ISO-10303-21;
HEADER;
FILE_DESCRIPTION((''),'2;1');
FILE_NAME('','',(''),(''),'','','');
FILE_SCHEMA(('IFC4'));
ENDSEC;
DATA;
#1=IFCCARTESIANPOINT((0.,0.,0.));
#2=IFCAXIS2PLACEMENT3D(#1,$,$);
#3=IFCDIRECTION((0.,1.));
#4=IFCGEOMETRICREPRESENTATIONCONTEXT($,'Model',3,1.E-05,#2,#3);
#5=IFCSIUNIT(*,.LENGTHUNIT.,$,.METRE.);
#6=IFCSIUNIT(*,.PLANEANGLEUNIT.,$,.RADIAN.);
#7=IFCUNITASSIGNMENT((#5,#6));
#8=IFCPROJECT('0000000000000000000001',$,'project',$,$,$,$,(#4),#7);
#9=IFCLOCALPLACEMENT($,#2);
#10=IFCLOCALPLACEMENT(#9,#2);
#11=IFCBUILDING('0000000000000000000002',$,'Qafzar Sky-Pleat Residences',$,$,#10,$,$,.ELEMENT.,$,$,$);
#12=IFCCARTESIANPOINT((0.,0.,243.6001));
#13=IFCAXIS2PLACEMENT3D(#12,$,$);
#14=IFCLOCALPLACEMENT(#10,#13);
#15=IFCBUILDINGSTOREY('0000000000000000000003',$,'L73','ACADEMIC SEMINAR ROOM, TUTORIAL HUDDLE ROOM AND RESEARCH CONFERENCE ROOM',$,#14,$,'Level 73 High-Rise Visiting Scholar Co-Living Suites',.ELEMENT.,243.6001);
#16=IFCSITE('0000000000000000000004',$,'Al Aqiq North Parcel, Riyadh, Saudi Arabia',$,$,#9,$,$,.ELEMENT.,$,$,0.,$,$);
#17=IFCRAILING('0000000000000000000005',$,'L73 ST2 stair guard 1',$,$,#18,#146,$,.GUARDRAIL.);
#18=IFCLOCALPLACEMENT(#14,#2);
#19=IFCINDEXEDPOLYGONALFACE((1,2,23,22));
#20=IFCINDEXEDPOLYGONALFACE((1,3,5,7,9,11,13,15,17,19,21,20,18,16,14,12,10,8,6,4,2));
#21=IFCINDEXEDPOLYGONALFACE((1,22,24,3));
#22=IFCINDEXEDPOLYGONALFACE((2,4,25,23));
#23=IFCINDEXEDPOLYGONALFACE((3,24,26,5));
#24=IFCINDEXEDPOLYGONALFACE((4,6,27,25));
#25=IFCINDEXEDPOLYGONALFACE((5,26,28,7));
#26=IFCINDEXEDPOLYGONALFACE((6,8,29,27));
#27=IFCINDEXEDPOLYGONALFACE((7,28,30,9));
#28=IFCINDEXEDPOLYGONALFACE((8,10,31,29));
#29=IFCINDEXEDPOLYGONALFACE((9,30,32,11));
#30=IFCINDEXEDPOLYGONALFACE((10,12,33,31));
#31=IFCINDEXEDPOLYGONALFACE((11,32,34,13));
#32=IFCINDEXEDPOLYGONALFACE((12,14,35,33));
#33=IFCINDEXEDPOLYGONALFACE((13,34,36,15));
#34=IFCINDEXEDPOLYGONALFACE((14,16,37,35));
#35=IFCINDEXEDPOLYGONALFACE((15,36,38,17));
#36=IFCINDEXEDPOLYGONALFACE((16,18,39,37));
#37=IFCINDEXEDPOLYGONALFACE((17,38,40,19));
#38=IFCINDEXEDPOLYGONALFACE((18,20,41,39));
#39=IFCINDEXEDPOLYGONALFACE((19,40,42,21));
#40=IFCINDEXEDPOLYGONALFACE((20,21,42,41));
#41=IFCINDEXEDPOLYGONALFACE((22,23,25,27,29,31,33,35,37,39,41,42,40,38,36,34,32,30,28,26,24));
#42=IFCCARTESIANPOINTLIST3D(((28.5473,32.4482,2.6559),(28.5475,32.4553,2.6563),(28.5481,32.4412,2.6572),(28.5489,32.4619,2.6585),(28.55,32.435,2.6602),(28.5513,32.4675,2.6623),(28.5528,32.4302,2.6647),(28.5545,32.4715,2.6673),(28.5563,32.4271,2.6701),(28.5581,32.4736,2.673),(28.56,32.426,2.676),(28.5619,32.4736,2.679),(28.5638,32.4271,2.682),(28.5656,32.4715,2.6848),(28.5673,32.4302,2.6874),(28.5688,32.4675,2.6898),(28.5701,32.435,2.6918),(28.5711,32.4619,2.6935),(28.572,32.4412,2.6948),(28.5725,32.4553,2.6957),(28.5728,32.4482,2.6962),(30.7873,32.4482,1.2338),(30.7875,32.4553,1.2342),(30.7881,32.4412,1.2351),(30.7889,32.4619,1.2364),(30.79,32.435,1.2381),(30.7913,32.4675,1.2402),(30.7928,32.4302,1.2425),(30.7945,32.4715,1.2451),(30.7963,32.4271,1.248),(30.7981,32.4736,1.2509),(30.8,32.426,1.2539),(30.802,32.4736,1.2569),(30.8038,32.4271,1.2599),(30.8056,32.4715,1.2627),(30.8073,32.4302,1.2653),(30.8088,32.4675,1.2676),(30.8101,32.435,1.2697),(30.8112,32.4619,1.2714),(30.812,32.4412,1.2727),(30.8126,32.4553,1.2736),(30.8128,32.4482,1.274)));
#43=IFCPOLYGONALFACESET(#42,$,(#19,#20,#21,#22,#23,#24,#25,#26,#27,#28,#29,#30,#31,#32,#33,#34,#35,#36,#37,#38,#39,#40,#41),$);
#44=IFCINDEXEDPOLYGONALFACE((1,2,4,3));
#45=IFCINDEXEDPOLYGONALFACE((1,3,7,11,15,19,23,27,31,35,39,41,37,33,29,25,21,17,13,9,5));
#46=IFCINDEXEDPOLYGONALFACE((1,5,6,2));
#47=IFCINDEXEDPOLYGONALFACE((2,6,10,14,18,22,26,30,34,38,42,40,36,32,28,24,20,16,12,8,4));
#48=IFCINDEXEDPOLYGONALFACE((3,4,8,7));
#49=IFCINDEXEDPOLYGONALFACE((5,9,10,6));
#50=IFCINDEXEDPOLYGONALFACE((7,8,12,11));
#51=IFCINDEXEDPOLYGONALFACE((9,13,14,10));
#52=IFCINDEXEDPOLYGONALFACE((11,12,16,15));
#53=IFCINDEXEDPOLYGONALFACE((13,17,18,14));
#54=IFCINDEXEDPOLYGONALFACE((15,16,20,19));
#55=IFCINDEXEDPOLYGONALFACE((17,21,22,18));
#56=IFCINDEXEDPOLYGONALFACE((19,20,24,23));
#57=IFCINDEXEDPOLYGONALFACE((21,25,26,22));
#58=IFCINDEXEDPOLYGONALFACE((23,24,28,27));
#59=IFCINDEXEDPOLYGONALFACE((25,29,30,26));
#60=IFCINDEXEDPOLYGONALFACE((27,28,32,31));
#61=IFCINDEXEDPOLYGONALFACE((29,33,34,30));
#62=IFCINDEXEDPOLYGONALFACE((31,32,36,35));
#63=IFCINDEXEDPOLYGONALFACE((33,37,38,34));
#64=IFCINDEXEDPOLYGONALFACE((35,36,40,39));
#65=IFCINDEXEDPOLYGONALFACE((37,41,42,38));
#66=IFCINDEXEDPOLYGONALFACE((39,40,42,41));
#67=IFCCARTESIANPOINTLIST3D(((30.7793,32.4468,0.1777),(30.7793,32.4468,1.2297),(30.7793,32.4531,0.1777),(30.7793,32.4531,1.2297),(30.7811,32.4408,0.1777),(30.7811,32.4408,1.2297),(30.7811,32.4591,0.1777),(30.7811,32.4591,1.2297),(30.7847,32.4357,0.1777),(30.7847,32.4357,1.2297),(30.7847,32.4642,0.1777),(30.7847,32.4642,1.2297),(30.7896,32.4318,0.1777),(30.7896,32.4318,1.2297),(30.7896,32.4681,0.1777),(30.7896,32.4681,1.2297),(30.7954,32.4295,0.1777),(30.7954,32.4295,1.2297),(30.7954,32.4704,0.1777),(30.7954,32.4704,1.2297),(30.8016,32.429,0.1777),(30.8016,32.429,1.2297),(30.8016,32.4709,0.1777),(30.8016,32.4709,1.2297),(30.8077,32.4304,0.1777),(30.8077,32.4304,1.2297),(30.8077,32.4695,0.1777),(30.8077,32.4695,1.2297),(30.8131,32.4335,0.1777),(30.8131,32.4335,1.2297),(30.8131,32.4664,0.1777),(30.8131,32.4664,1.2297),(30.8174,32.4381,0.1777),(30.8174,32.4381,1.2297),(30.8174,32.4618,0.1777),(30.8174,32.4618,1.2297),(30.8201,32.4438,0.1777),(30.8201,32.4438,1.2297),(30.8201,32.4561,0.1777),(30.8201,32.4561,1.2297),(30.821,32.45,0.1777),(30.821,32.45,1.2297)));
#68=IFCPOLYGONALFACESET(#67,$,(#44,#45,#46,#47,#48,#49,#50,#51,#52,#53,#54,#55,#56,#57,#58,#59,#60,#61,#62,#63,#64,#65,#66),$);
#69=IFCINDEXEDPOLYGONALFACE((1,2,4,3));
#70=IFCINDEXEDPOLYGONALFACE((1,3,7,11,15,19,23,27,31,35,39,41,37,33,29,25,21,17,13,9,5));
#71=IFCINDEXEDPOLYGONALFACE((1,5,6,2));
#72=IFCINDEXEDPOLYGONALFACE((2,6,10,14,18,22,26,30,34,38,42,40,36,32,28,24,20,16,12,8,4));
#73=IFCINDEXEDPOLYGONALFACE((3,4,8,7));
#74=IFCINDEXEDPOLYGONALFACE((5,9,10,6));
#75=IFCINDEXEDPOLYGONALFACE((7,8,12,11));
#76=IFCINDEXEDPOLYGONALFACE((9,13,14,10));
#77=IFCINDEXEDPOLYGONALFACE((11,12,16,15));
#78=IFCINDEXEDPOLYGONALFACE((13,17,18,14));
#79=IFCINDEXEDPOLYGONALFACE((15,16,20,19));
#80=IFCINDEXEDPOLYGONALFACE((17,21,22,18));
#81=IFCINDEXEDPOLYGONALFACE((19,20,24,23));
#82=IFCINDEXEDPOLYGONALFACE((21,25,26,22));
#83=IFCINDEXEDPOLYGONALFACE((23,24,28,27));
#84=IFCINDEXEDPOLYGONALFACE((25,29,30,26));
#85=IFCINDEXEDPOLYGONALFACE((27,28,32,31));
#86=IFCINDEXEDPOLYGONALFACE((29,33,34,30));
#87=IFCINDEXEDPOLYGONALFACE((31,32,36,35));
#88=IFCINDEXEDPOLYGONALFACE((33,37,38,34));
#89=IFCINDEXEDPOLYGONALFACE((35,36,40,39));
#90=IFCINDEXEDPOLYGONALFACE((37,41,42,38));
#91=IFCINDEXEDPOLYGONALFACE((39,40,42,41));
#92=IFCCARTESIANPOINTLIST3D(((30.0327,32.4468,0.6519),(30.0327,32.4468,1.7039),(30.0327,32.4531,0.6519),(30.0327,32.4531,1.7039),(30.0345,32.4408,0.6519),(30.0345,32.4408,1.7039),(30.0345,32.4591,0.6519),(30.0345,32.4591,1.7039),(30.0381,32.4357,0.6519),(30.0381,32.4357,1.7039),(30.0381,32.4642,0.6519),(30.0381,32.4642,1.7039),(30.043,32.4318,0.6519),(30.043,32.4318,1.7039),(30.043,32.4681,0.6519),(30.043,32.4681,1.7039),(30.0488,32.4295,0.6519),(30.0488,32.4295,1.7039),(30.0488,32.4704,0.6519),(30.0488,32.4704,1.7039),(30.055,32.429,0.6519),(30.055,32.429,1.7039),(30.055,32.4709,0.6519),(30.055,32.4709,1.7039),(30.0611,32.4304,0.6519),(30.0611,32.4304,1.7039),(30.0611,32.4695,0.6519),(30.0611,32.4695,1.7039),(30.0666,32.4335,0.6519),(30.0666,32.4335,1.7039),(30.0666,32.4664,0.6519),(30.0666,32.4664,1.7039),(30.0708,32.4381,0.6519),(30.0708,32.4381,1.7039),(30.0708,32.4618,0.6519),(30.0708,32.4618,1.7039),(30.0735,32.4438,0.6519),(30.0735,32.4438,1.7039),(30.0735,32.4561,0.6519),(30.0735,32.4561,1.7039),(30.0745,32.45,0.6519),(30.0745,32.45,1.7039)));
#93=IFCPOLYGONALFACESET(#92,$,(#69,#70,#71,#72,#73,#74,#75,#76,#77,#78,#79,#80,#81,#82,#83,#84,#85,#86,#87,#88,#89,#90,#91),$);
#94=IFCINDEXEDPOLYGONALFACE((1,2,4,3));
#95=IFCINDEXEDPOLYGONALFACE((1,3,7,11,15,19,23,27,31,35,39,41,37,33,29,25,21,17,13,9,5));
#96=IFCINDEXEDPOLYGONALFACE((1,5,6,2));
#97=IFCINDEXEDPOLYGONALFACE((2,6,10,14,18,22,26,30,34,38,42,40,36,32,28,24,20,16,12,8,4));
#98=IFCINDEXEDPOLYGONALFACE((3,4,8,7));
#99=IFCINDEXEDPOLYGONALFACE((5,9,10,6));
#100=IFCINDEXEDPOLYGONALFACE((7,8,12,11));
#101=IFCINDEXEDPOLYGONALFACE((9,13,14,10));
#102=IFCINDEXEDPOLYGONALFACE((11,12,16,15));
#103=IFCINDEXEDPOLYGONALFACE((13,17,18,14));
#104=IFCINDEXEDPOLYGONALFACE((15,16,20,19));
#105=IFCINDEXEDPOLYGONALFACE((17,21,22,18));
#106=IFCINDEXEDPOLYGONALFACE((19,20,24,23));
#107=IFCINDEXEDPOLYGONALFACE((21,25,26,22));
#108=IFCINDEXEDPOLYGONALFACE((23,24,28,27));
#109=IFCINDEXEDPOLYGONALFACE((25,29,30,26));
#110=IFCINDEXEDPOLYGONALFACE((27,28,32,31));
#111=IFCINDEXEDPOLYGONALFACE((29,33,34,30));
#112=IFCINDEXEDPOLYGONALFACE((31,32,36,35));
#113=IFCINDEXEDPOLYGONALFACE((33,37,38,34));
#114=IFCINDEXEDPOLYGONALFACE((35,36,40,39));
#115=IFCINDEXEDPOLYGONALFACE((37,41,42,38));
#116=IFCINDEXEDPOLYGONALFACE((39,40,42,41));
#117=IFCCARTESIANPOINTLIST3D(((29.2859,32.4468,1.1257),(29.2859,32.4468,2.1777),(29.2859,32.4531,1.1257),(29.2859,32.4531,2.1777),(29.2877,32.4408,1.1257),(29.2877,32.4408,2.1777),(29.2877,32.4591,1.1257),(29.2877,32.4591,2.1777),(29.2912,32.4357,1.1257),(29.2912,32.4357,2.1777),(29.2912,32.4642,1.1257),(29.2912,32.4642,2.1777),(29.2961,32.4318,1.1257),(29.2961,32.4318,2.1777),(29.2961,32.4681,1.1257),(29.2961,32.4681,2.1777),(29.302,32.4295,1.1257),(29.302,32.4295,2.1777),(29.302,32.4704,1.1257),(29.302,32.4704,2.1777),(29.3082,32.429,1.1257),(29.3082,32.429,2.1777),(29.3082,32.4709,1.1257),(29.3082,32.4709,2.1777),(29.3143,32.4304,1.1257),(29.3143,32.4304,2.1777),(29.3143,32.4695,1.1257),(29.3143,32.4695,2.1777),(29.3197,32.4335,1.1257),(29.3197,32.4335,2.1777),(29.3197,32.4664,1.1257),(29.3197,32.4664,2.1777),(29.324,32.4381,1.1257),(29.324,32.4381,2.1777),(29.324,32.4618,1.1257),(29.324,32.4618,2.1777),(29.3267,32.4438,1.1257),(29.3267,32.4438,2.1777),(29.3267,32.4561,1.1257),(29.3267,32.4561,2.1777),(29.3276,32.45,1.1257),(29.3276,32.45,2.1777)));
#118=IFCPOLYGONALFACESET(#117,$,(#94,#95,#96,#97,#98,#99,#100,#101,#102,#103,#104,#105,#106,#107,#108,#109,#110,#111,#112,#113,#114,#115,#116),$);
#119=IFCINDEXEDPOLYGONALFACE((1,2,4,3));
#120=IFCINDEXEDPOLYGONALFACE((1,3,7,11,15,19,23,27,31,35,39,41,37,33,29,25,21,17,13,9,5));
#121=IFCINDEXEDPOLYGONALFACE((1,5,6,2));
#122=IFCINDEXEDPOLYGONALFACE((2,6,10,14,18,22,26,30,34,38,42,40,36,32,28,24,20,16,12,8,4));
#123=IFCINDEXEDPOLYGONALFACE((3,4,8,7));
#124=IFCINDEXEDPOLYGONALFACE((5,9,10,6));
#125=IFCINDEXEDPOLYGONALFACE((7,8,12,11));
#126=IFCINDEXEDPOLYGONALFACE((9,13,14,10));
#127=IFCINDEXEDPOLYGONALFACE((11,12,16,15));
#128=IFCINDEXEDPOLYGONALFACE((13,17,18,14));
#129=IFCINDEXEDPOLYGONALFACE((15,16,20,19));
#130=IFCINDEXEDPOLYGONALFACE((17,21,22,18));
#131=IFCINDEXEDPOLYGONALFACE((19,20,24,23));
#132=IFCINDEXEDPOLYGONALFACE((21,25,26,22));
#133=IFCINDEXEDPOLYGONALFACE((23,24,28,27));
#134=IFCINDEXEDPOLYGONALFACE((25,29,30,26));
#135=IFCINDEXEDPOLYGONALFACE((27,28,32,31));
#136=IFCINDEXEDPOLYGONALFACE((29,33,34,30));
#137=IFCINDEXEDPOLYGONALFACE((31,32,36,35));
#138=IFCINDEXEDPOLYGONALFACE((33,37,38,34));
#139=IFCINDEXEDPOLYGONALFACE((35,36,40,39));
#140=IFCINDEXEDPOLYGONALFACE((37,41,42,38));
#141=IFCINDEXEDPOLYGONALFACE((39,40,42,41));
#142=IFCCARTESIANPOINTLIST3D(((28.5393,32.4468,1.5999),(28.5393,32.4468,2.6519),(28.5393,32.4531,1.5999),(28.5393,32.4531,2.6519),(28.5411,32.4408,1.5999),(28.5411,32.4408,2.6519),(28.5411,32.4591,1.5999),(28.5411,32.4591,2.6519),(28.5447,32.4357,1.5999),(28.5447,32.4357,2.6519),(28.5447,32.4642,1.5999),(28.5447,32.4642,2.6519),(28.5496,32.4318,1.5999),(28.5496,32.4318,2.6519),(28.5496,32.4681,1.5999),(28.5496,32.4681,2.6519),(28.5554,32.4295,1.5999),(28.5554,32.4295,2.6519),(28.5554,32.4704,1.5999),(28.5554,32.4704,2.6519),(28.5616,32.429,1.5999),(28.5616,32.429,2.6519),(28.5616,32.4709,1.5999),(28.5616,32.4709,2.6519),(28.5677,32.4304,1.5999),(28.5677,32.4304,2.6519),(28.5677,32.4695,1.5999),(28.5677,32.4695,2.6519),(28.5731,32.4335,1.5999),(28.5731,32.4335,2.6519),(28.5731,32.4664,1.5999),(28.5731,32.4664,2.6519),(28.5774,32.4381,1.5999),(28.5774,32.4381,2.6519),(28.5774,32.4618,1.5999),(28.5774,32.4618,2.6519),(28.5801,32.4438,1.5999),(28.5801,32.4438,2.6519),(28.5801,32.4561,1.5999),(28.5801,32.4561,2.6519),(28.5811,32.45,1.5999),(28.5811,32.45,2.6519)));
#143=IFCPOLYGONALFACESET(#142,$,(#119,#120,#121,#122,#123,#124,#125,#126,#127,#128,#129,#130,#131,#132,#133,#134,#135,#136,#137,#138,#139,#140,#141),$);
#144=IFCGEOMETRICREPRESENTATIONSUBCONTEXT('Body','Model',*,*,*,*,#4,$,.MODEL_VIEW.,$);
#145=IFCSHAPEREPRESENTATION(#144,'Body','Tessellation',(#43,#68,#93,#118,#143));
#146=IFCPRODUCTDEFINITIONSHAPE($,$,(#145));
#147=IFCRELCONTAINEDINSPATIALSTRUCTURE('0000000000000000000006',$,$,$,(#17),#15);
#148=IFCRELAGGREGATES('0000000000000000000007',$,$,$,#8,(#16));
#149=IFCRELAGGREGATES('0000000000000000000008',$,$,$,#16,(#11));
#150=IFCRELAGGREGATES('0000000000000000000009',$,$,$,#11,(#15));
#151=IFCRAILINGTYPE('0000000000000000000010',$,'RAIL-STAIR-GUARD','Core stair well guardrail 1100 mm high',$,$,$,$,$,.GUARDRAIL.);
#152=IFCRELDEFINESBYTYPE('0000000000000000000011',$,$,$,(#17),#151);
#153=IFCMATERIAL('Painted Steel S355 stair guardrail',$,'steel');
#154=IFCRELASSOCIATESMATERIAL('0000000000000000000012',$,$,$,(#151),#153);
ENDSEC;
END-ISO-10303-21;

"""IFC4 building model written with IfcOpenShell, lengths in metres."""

from ifc_helpers import new_model, si_unit, direction, frame, origin, origin_2d, place, context, subcontext, project, spatial, circle, extrude, source, transform, mapped, material, type_object, element, save


model = new_model("IFC4")

# Units and contexts
model_context = context("Model", 3, precision=1e-05, world=origin(), true_north=direction((0.0, 1.0)))
body_context = subcontext(model_context, "Body", "Model", "MODEL_VIEW")
ifc_project = project(units=[si_unit("LENGTHUNIT", "METRE"), si_unit("PLANEANGLEUNIT", "RADIAN")], contexts=[model_context])

# Site, building, storey
site_placement = place(None, origin())
site = spatial("IfcSite", under=ifc_project, at=site_placement, Name="Al Aqiq North Parcel, Riyadh, Saudi Arabia", CompositionType="ELEMENT", RefElevation=0.0)
building_placement = place(site_placement, origin())
building = spatial("IfcBuilding", under=site, at=building_placement, Name="Qafzar Sky-Pleat Residences", CompositionType="ELEMENT")
storey_placement = place(building_placement, frame((0.0, 0.0, 243.6001)))
storey = spatial("IfcBuildingStorey", under=building, at=storey_placement, Name="L73", Description="ACADEMIC SEMINAR ROOM, TUTORIAL HUDDLE ROOM AND RESEARCH CONFERENCE ROOM", LongName="Level 73 High-Rise Visiting Scholar Co-Living Suites", CompositionType="ELEMENT", Elevation=243.6001)

# Railing
ifc_material_1 = material(Name="Painted Steel S355 stair guardrail", Category="steel")
railing_type_1 = type_object("IfcRailingType", Name="RAIL-STAIR-GUARD", Description="Core stair well guardrail 1100 mm high", PredefinedType="GUARDRAIL", material=ifc_material_1)
shared_shape_1 = source(origin(), body_context, "Body", "SweptSolid", [
    extrude(circle(Radius=0.0239, at=origin_2d()), frame((0.0, 0.0, 1.0762), z_axis=(-0.844229, 0.0, 0.535982), x_axis=(0.0, -1.0, 0.0)), (0.0, 0.0, 1.0), 2.6533),
    extrude(circle(Radius=0.021, at=origin_2d()), origin(), (0.0, 0.0, 1.0), 1.052),
    extrude(circle(Radius=0.021, at=origin_2d()), frame((-0.7466, 0.0, 0.4741)), (0.0, 0.0, 1.0), 1.052),
    extrude(circle(Radius=0.021, at=origin_2d()), frame((-1.4934, 0.0, 0.948)), (0.0, 0.0, 1.0), 1.052),
    extrude(circle(Radius=0.021, at=origin_2d()), frame((-2.24, 0.0, 1.4221)), (0.0, 0.0, 1.0), 1.052),
])
railing_1_placement = place(storey_placement, frame((30.8, 32.45, 0.1777)))
element("IfcRailing", 1, at=railing_1_placement, inside=storey, type_object=railing_type_1, Name="L73 ST2 stair guard 1", PredefinedType="GUARDRAIL", context=body_context, shape_type="MappedRepresentation", body=[
    mapped(shared_shape_1, transform((0.0, 0.0, 0.0), x_axis=(1.0, 0.0, 0.0), y_axis=(0.0, 1.0, 0.0), z_axis=(0.0, 0.0, 1.0), scale=1.0)),
])

save(model, "model.ifc")
